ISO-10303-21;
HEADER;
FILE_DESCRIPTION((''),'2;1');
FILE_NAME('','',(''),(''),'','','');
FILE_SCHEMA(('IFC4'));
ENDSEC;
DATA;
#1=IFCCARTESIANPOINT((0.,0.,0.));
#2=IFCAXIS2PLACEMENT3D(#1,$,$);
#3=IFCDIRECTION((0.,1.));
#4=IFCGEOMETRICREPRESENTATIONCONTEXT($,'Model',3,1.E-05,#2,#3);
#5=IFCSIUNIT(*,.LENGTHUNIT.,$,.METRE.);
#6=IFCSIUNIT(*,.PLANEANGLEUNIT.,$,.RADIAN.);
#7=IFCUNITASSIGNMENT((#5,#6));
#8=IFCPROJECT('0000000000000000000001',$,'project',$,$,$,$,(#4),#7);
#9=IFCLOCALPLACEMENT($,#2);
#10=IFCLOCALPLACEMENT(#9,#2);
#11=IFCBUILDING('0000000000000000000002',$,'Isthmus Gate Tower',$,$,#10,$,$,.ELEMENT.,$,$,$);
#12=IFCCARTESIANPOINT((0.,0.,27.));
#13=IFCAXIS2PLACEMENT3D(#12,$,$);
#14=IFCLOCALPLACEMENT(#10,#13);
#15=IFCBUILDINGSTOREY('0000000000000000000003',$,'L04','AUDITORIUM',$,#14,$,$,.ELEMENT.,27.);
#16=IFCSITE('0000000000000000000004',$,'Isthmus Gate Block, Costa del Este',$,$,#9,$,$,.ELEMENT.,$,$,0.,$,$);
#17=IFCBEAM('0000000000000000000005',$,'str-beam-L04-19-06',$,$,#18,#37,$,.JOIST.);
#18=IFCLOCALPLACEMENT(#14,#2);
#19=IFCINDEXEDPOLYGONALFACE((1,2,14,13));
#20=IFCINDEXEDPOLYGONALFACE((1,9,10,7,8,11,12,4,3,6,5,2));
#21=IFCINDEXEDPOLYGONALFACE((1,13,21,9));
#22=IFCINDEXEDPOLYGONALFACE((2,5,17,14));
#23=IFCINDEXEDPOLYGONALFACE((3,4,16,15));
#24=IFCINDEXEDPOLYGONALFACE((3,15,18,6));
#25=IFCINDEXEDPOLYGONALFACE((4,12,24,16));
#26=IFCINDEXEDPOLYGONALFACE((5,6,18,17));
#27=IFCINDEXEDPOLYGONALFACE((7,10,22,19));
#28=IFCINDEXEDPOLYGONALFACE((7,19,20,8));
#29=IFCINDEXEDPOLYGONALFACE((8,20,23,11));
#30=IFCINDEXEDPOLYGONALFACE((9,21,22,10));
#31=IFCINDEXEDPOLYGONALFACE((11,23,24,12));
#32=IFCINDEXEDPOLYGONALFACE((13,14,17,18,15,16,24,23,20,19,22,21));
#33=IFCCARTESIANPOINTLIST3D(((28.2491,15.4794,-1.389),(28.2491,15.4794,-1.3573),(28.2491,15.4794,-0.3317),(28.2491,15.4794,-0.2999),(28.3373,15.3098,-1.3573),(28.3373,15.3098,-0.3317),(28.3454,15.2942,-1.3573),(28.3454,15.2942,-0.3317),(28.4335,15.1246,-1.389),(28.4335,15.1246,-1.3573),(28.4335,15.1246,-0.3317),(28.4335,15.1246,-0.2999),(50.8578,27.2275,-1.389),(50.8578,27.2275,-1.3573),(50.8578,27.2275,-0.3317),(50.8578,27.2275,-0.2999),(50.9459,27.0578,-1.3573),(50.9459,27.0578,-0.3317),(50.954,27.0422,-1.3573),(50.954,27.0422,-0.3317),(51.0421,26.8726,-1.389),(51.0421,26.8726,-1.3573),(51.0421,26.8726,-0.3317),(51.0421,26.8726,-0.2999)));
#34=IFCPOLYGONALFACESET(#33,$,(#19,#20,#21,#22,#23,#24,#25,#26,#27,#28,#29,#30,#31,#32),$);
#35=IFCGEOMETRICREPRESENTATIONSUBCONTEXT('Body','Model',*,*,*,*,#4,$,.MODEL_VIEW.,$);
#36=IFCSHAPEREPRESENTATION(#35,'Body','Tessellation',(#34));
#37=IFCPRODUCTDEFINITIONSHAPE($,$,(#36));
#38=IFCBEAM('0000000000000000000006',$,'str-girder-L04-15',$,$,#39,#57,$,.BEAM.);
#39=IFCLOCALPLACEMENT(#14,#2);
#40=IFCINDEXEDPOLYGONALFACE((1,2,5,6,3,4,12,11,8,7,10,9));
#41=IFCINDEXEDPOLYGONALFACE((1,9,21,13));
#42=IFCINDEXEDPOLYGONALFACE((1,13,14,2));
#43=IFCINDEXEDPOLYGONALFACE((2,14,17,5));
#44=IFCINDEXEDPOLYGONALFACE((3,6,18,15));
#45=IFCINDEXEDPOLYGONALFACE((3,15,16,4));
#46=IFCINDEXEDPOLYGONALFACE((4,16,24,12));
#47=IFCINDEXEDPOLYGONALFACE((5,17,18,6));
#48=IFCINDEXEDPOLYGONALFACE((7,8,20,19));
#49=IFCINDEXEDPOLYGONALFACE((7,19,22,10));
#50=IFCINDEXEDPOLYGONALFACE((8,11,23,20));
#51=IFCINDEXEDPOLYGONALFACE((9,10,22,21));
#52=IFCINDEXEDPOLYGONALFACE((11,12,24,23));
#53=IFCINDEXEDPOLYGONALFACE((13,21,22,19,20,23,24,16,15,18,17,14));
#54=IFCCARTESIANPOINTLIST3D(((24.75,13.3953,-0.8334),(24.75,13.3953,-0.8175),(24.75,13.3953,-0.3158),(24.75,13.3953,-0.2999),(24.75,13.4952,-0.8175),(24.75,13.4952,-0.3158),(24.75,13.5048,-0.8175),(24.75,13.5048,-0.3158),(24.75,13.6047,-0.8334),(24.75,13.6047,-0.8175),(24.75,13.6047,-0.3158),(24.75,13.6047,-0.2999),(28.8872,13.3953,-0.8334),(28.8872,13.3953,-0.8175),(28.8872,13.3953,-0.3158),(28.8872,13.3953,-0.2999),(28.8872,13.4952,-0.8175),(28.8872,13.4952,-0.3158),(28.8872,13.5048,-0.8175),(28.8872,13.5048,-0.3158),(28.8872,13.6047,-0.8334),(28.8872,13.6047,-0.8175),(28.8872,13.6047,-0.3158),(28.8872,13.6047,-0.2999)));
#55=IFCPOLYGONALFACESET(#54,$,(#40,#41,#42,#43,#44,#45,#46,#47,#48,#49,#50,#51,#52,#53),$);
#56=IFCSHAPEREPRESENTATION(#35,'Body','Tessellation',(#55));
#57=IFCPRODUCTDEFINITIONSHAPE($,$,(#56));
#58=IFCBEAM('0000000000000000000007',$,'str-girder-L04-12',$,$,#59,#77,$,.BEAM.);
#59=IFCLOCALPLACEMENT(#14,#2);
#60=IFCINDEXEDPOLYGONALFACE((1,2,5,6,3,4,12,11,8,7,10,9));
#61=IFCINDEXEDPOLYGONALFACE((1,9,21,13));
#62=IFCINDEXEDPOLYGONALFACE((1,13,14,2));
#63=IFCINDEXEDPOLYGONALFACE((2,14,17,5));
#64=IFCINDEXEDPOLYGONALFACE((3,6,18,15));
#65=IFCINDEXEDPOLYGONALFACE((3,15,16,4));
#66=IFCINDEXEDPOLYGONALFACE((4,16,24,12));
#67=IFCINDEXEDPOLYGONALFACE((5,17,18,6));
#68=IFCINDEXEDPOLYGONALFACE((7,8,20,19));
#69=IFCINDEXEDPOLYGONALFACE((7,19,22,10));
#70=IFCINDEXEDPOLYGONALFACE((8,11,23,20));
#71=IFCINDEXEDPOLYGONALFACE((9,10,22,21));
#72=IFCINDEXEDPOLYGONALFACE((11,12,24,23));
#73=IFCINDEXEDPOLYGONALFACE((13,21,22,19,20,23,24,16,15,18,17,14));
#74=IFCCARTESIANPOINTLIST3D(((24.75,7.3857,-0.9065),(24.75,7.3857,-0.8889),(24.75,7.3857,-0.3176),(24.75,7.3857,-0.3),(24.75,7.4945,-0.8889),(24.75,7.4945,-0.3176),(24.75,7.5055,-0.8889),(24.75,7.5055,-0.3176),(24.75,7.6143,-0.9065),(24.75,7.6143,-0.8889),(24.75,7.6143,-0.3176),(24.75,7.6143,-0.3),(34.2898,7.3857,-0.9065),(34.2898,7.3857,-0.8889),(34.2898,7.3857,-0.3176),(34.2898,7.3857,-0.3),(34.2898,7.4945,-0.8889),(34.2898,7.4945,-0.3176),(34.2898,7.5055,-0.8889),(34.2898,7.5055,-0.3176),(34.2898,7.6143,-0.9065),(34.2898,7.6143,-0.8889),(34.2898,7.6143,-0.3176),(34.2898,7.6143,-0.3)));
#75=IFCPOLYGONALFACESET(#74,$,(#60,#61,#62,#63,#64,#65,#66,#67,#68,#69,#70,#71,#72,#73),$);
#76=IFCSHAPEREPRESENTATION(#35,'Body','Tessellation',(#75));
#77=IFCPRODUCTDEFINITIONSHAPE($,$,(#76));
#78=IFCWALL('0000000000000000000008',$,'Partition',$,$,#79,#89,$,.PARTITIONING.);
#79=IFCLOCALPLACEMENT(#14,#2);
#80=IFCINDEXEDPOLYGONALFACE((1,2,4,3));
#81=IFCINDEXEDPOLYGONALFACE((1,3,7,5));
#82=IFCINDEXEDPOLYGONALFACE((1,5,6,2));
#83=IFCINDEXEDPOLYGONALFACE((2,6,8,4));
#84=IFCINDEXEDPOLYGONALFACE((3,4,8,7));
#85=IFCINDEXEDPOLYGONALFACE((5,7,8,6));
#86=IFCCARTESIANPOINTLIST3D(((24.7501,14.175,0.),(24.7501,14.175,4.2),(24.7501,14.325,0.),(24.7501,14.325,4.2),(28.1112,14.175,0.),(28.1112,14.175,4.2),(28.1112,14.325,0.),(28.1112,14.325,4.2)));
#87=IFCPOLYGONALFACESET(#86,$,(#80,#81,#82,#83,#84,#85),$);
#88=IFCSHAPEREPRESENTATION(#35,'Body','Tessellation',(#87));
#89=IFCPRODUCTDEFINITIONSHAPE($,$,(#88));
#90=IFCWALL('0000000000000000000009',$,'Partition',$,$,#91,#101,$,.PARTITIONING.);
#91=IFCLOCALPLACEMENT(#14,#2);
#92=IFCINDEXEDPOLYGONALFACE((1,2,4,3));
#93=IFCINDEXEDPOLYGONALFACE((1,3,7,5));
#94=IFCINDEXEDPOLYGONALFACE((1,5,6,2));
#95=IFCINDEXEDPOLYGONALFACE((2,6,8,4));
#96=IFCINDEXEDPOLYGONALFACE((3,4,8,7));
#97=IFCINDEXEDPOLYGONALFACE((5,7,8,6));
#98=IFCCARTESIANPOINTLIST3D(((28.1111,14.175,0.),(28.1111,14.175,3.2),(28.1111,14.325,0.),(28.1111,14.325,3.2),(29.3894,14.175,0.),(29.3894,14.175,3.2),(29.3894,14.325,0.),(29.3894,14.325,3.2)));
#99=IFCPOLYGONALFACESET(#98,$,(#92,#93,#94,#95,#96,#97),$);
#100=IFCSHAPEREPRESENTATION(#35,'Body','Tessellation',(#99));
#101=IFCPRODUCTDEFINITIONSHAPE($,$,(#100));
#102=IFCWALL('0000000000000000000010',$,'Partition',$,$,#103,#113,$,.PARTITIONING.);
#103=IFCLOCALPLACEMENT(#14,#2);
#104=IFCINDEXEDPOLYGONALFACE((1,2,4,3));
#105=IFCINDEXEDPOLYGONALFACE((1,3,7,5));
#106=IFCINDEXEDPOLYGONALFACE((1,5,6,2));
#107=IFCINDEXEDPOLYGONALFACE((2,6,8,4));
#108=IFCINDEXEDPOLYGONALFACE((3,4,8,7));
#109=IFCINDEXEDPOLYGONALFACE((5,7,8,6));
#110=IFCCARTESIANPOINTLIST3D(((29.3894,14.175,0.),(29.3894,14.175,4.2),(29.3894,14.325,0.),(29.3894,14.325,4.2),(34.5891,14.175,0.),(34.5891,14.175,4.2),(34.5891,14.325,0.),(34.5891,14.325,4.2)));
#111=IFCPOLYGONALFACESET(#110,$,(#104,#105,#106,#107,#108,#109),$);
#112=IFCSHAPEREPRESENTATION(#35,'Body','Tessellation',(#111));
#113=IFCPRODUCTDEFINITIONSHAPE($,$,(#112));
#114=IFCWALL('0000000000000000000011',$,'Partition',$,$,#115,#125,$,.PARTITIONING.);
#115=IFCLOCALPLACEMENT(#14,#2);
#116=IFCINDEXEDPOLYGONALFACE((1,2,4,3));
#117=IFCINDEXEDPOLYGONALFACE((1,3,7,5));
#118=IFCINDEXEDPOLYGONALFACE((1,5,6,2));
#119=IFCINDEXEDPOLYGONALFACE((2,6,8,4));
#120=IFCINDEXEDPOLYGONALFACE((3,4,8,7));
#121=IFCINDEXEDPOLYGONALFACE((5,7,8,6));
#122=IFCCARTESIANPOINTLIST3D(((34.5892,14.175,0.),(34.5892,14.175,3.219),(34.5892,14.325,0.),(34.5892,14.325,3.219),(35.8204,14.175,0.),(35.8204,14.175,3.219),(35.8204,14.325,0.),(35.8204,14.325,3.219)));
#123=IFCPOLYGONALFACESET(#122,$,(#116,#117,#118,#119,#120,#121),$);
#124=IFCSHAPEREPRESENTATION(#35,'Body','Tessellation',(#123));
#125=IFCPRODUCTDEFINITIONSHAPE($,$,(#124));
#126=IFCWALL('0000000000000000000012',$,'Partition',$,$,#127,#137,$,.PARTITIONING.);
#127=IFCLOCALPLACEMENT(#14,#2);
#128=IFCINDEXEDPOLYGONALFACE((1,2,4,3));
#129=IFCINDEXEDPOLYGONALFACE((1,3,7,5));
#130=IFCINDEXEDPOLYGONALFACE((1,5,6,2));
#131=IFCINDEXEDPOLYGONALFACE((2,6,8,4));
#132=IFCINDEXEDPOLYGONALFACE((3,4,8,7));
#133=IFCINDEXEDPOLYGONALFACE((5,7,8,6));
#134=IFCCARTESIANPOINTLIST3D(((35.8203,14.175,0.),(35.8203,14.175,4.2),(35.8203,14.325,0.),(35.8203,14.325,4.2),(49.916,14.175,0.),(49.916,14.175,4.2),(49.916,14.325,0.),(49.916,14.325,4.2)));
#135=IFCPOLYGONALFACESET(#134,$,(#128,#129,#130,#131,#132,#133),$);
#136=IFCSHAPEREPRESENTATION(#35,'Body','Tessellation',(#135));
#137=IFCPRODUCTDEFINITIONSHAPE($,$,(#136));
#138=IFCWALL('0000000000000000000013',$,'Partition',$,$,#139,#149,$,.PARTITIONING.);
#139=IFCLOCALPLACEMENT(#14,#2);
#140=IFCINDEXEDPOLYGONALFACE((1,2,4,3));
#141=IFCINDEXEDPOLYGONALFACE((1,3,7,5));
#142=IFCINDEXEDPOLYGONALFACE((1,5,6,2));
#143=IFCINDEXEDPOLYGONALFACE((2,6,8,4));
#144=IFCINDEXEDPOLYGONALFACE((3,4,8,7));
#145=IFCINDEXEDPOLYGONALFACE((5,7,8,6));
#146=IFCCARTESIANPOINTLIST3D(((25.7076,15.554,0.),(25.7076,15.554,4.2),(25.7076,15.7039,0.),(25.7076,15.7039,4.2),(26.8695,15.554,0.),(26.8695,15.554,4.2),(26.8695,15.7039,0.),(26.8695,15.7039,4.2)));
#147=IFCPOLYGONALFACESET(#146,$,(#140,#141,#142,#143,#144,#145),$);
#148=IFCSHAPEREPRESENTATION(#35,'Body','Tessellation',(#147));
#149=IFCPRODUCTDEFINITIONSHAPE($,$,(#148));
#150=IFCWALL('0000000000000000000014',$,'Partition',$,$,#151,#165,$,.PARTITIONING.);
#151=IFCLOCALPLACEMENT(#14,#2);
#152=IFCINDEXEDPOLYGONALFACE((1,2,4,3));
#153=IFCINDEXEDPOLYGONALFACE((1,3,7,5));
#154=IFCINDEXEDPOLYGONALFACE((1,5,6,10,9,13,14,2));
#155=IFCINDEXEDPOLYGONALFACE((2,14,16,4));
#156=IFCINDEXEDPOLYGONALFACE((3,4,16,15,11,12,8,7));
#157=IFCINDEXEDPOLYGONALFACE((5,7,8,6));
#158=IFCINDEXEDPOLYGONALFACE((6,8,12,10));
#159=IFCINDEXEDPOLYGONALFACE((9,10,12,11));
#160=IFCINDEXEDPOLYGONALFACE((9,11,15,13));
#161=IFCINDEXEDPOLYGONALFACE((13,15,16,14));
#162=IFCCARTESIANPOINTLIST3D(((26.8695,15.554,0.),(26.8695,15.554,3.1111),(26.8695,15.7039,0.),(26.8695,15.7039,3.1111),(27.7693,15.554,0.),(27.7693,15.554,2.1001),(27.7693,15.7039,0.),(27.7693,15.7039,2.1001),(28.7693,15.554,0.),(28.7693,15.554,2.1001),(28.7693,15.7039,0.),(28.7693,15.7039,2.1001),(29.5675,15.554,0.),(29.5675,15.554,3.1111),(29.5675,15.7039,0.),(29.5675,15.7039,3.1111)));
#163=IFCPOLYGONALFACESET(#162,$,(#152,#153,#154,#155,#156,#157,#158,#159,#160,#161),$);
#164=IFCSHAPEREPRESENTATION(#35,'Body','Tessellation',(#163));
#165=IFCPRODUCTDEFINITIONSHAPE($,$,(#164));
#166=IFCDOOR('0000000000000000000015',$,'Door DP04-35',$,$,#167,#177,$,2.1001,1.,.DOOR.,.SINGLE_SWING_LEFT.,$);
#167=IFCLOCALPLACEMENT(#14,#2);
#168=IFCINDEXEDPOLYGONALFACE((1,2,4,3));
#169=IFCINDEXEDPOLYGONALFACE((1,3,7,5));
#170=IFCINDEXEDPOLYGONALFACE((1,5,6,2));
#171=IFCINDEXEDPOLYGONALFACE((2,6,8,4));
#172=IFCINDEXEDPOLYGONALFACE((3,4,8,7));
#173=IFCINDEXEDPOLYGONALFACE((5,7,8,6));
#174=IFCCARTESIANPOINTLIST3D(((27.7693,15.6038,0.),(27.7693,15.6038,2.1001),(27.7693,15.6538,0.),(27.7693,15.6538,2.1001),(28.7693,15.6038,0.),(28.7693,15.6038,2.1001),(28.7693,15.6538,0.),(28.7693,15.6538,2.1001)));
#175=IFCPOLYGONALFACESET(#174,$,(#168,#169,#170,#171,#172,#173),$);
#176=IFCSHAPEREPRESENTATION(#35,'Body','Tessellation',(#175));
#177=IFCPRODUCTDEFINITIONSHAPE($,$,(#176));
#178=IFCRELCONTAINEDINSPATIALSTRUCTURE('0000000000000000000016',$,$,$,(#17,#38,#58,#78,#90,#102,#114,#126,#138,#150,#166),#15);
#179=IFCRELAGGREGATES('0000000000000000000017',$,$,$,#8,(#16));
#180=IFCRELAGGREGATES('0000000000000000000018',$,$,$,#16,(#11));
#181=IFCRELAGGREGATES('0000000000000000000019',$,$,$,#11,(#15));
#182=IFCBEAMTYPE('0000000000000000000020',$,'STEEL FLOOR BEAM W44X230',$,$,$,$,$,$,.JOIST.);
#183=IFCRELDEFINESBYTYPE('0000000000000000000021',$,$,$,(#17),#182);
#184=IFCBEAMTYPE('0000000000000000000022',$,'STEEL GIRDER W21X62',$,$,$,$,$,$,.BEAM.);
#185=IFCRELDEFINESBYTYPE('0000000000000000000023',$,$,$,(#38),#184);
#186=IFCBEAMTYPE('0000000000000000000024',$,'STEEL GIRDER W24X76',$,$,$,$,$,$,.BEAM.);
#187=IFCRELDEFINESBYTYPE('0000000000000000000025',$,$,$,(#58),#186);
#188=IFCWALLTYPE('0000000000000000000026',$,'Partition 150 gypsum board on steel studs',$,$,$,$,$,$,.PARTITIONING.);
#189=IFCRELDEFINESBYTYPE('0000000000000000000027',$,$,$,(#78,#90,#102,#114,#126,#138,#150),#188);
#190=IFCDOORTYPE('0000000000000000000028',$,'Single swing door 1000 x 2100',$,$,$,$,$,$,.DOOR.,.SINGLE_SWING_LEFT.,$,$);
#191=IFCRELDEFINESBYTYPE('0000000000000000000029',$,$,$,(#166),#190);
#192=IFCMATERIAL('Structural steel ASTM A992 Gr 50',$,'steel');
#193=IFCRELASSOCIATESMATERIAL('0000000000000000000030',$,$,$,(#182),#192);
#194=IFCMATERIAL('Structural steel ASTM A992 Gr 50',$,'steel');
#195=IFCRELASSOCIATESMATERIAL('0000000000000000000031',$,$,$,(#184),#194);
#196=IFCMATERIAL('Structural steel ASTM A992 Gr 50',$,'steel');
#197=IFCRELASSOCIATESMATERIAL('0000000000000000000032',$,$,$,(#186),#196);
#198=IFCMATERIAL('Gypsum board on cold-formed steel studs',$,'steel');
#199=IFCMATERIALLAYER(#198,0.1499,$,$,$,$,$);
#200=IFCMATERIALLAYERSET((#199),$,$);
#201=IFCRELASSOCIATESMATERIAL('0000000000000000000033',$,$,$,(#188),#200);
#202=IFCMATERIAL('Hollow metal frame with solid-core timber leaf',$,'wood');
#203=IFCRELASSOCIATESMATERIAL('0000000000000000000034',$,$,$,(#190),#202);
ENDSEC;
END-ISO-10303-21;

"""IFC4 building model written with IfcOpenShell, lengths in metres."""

from ifc_helpers import new_model, si_unit, direction, frame, frame_2d, origin, origin_2d, place, context, subcontext, project, spatial, rectangle, i_section, extrude, material, layer, layer_set, material_profile, profile_set, type_object, element, fill, save


model = new_model("IFC4")

# Units and contexts
model_context = context("Model", 3, precision=1e-05, world=origin(), true_north=direction((0.0, 1.0)))
body_context = subcontext(model_context, "Body", "Model", "MODEL_VIEW")
ifc_project = project(units=[si_unit("LENGTHUNIT", "METRE"), si_unit("PLANEANGLEUNIT", "RADIAN")], contexts=[model_context])

# Site, building, storey
site_placement = place(None, origin())
site = spatial("IfcSite", under=ifc_project, at=site_placement, Name="Isthmus Gate Block, Costa del Este", CompositionType="ELEMENT", RefElevation=0.0)
building_placement = place(site_placement, origin())
building = spatial("IfcBuilding", under=site, at=building_placement, Name="Isthmus Gate Tower", CompositionType="ELEMENT")
storey_placement = place(building_placement, frame((0.0, 0.0, 27.0)))
storey = spatial("IfcBuildingStorey", under=building, at=storey_placement, Name="L04", Description="AUDITORIUM", CompositionType="ELEMENT", Elevation=27.0)

# Beams
ifc_material_1 = material(Name="Structural steel ASTM A992 Gr 50", Category="steel")
ifc_material_profile_1 = material_profile(ifc_material_1, i_section(OverallWidth=0.3999, OverallDepth=1.0891, WebThickness=0.0176, FlangeThickness=0.0317, at=origin_2d()), Name="W44X230")
ifc_profile_set_1 = profile_set([ifc_material_profile_1], Name="Structural steel ASTM A992 Gr 50")
beam_type_1 = type_object("IfcBeamType", Name="STEEL FLOOR BEAM W44X230", PredefinedType="JOIST", material=ifc_profile_set_1)
beam_1_placement = place(storey_placement, frame((28.3413, 15.302, -0.8445), z_axis=(0.887352, 0.461092, 0.0), x_axis=(-0.461092, 0.887352, 0.0)))
element("IfcBeam", 1, at=beam_1_placement, inside=storey, type_object=beam_type_1, Name="str-beam-L04-19-06", PredefinedType="JOIST", context=body_context, shape_type="SweptSolid", body=[
    extrude(i_section(OverallWidth=0.3999, OverallDepth=1.0891, WebThickness=0.0176, FlangeThickness=0.0317, at=origin_2d()), origin(), (0.0, 0.0, 1.0), 25.4788),
])
ifc_material_2 = material(Name="Structural steel ASTM A992 Gr 50", Category="steel")
ifc_material_profile_2 = material_profile(ifc_material_2, i_section(OverallWidth=0.2095, OverallDepth=0.5334, WebThickness=0.0095, FlangeThickness=0.0159, at=origin_2d()), Name="W21X62")
ifc_profile_set_2 = profile_set([ifc_material_profile_2], Name="Structural steel ASTM A992 Gr 50")
beam_type_2 = type_object("IfcBeamType", Name="STEEL GIRDER W21X62", PredefinedType="BEAM", material=ifc_profile_set_2)
beam_2_placement = place(storey_placement, frame((24.75, 13.5, -0.5667), z_axis=(1.0, 0.0, 0.0), x_axis=(0.0, 1.0, 0.0)))
element("IfcBeam", 2, at=beam_2_placement, inside=storey, type_object=beam_type_2, Name="str-girder-L04-15", PredefinedType="BEAM", context=body_context, shape_type="SweptSolid", body=[
    extrude(i_section(OverallWidth=0.2095, OverallDepth=0.5334, WebThickness=0.0095, FlangeThickness=0.0159, at=origin_2d()), origin(), (0.0, 0.0, 1.0), 4.1372),
])
ifc_material_3 = material(Name="Structural steel ASTM A992 Gr 50", Category="steel")
ifc_material_profile_3 = material_profile(ifc_material_3, i_section(OverallWidth=0.2285, OverallDepth=0.6064, WebThickness=0.011, FlangeThickness=0.0176, at=origin_2d()), Name="W24X76")
ifc_profile_set_3 = profile_set([ifc_material_profile_3], Name="Structural steel ASTM A992 Gr 50")
beam_type_3 = type_object("IfcBeamType", Name="STEEL GIRDER W24X76", PredefinedType="BEAM", material=ifc_profile_set_3)
beam_3_placement = place(storey_placement, frame((24.75, 7.5, -0.6033), z_axis=(1.0, 0.0, 0.0), x_axis=(0.0, 1.0, 0.0)))
element("IfcBeam", 3, at=beam_3_placement, inside=storey, type_object=beam_type_3, Name="str-girder-L04-12", PredefinedType="BEAM", context=body_context, shape_type="SweptSolid", body=[
    extrude(i_section(OverallWidth=0.2285, OverallDepth=0.6064, WebThickness=0.011, FlangeThickness=0.0176, at=origin_2d()), origin(), (0.0, 0.0, 1.0), 9.5398),
])

# Walls
ifc_material_4 = material(Name="Gypsum board on cold-formed steel studs", Category="steel")
ifc_layer = layer(ifc_material_4, 0.1499)
ifc_layer_set = layer_set([ifc_layer])
wall_type = type_object("IfcWallType", Name="Partition 150 gypsum board on steel studs", PredefinedType="PARTITIONING", material=ifc_layer_set)
wall_1_placement = place(storey_placement, frame((24.75, 14.25, 0.0), z_axis=(0.0, 0.0, 1.0), x_axis=(1.0, 0.0, 0.0)))
element("IfcWall", 4, at=wall_1_placement, inside=storey, type_object=wall_type, Name="Partition", PredefinedType="PARTITIONING", context=body_context, shape_type="SweptSolid", body=[
    extrude(rectangle(XDim=3.3611, YDim=0.1499, at=frame_2d((1.6807, 0.0))), origin(), (0.0, 0.0, 1.0), 4.2),
])
wall_2_placement = place(storey_placement, frame((28.1111, 14.25, 0.0), z_axis=(0.0, 0.0, 1.0), x_axis=(1.0, 0.0, 0.0)))
element("IfcWall", 5, at=wall_2_placement, inside=storey, type_object=wall_type, Name="Partition", PredefinedType="PARTITIONING", context=body_context, shape_type="SweptSolid", body=[
    extrude(rectangle(XDim=1.2783, YDim=0.1499, at=frame_2d((0.6392, 0.0))), origin(), (0.0, 0.0, 1.0), 3.2),
])
wall_3_placement = place(storey_placement, frame((29.3894, 14.25, 0.0), z_axis=(0.0, 0.0, 1.0), x_axis=(1.0, 0.0, 0.0)))
element("IfcWall", 6, at=wall_3_placement, inside=storey, type_object=wall_type, Name="Partition", PredefinedType="PARTITIONING", context=body_context, shape_type="SweptSolid", body=[
    extrude(rectangle(XDim=5.1997, YDim=0.1499, at=frame_2d((2.5999, 0.0))), origin(), (0.0, 0.0, 1.0), 4.2),
])
wall_4_placement = place(storey_placement, frame((34.5891, 14.25, 0.0), z_axis=(0.0, 0.0, 1.0), x_axis=(1.0, 0.0, 0.0)))
element("IfcWall", 7, at=wall_4_placement, inside=storey, type_object=wall_type, Name="Partition", PredefinedType="PARTITIONING", context=body_context, shape_type="SweptSolid", body=[
    extrude(rectangle(XDim=1.2312, YDim=0.1499, at=frame_2d((0.6157, 0.0))), origin(), (0.0, 0.0, 1.0), 3.219),
])
wall_5_placement = place(storey_placement, frame((35.8203, 14.25, 0.0), z_axis=(0.0, 0.0, 1.0), x_axis=(1.0, 0.0, 0.0)))
element("IfcWall", 8, at=wall_5_placement, inside=storey, type_object=wall_type, Name="Partition", PredefinedType="PARTITIONING", context=body_context, shape_type="SweptSolid", body=[
    extrude(rectangle(XDim=14.0957, YDim=0.1499, at=frame_2d((7.0479, 0.0))), origin(), (0.0, 0.0, 1.0), 4.2),
])
wall_6_placement = place(storey_placement, frame((25.7075, 15.6289, 0.0), z_axis=(0.0, 0.0, 1.0), x_axis=(1.0, 0.0, 0.0)))
element("IfcWall", 9, at=wall_6_placement, inside=storey, type_object=wall_type, Name="Partition", PredefinedType="PARTITIONING", context=body_context, shape_type="SweptSolid", body=[
    extrude(rectangle(XDim=1.1619, YDim=0.1499, at=frame_2d((0.5811, 0.0))), origin(), (0.0, 0.0, 1.0), 4.2),
])

# Wall, opening, door
wall_7_placement = place(storey_placement, frame((26.8694, 15.6289, 0.0), z_axis=(0.0, 0.0, 1.0), x_axis=(1.0, 0.0, 0.0)))
wall_7 = element("IfcWall", 10, at=wall_7_placement, inside=storey, type_object=wall_type, Name="Partition", PredefinedType="PARTITIONING", context=body_context, shape_type="SweptSolid", body=[
    extrude(rectangle(XDim=2.698, YDim=0.1499, at=frame_2d((1.3491, 0.0))), origin(), (0.0, 0.0, 1.0), 3.1111),
])
opening_placement = place(wall_7_placement, frame((0.8999, 0.0, 0.0)))
opening = element("IfcOpeningElement", 11, at=opening_placement, cuts=wall_7, PredefinedType="OPENING", context=body_context, shape_type="SweptSolid", body=[
    extrude(rectangle(XDim=1.0, YDim=2.1001, at=frame_2d((0.5, 1.05))), frame((0.0, 0.085, 0.0), z_axis=(0.0, -1.0, 0.0), x_axis=(1.0, 0.0, 0.0)), (0.0, 0.0, 1.0), 0.1699),
])
ifc_material_5 = material(Name="Hollow metal frame with solid-core timber leaf", Category="wood")
door_type = type_object("IfcDoorType", Name="Single swing door 1000 x 2100", OperationType="SINGLE_SWING_LEFT", PredefinedType="DOOR", material=ifc_material_5)
door_placement = place(opening_placement, origin())
door = element("IfcDoor", 12, at=door_placement, inside=storey, type_object=door_type, Name="Door DP04-35", OperationType="SINGLE_SWING_LEFT", OverallHeight=2.1001, OverallWidth=1.0, PredefinedType="DOOR", context=body_context, shape_type="SweptSolid", body=[
    extrude(rectangle(XDim=1.0, YDim=2.1001, at=frame_2d((0.5, 1.05))), frame((0.0, 0.0249, 0.0), z_axis=(0.0, -1.0, 0.0), x_axis=(1.0, 0.0, 0.0)), (0.0, 0.0, 1.0), 0.05),
])
fill(opening, door)

save(model, "model.ifc")
